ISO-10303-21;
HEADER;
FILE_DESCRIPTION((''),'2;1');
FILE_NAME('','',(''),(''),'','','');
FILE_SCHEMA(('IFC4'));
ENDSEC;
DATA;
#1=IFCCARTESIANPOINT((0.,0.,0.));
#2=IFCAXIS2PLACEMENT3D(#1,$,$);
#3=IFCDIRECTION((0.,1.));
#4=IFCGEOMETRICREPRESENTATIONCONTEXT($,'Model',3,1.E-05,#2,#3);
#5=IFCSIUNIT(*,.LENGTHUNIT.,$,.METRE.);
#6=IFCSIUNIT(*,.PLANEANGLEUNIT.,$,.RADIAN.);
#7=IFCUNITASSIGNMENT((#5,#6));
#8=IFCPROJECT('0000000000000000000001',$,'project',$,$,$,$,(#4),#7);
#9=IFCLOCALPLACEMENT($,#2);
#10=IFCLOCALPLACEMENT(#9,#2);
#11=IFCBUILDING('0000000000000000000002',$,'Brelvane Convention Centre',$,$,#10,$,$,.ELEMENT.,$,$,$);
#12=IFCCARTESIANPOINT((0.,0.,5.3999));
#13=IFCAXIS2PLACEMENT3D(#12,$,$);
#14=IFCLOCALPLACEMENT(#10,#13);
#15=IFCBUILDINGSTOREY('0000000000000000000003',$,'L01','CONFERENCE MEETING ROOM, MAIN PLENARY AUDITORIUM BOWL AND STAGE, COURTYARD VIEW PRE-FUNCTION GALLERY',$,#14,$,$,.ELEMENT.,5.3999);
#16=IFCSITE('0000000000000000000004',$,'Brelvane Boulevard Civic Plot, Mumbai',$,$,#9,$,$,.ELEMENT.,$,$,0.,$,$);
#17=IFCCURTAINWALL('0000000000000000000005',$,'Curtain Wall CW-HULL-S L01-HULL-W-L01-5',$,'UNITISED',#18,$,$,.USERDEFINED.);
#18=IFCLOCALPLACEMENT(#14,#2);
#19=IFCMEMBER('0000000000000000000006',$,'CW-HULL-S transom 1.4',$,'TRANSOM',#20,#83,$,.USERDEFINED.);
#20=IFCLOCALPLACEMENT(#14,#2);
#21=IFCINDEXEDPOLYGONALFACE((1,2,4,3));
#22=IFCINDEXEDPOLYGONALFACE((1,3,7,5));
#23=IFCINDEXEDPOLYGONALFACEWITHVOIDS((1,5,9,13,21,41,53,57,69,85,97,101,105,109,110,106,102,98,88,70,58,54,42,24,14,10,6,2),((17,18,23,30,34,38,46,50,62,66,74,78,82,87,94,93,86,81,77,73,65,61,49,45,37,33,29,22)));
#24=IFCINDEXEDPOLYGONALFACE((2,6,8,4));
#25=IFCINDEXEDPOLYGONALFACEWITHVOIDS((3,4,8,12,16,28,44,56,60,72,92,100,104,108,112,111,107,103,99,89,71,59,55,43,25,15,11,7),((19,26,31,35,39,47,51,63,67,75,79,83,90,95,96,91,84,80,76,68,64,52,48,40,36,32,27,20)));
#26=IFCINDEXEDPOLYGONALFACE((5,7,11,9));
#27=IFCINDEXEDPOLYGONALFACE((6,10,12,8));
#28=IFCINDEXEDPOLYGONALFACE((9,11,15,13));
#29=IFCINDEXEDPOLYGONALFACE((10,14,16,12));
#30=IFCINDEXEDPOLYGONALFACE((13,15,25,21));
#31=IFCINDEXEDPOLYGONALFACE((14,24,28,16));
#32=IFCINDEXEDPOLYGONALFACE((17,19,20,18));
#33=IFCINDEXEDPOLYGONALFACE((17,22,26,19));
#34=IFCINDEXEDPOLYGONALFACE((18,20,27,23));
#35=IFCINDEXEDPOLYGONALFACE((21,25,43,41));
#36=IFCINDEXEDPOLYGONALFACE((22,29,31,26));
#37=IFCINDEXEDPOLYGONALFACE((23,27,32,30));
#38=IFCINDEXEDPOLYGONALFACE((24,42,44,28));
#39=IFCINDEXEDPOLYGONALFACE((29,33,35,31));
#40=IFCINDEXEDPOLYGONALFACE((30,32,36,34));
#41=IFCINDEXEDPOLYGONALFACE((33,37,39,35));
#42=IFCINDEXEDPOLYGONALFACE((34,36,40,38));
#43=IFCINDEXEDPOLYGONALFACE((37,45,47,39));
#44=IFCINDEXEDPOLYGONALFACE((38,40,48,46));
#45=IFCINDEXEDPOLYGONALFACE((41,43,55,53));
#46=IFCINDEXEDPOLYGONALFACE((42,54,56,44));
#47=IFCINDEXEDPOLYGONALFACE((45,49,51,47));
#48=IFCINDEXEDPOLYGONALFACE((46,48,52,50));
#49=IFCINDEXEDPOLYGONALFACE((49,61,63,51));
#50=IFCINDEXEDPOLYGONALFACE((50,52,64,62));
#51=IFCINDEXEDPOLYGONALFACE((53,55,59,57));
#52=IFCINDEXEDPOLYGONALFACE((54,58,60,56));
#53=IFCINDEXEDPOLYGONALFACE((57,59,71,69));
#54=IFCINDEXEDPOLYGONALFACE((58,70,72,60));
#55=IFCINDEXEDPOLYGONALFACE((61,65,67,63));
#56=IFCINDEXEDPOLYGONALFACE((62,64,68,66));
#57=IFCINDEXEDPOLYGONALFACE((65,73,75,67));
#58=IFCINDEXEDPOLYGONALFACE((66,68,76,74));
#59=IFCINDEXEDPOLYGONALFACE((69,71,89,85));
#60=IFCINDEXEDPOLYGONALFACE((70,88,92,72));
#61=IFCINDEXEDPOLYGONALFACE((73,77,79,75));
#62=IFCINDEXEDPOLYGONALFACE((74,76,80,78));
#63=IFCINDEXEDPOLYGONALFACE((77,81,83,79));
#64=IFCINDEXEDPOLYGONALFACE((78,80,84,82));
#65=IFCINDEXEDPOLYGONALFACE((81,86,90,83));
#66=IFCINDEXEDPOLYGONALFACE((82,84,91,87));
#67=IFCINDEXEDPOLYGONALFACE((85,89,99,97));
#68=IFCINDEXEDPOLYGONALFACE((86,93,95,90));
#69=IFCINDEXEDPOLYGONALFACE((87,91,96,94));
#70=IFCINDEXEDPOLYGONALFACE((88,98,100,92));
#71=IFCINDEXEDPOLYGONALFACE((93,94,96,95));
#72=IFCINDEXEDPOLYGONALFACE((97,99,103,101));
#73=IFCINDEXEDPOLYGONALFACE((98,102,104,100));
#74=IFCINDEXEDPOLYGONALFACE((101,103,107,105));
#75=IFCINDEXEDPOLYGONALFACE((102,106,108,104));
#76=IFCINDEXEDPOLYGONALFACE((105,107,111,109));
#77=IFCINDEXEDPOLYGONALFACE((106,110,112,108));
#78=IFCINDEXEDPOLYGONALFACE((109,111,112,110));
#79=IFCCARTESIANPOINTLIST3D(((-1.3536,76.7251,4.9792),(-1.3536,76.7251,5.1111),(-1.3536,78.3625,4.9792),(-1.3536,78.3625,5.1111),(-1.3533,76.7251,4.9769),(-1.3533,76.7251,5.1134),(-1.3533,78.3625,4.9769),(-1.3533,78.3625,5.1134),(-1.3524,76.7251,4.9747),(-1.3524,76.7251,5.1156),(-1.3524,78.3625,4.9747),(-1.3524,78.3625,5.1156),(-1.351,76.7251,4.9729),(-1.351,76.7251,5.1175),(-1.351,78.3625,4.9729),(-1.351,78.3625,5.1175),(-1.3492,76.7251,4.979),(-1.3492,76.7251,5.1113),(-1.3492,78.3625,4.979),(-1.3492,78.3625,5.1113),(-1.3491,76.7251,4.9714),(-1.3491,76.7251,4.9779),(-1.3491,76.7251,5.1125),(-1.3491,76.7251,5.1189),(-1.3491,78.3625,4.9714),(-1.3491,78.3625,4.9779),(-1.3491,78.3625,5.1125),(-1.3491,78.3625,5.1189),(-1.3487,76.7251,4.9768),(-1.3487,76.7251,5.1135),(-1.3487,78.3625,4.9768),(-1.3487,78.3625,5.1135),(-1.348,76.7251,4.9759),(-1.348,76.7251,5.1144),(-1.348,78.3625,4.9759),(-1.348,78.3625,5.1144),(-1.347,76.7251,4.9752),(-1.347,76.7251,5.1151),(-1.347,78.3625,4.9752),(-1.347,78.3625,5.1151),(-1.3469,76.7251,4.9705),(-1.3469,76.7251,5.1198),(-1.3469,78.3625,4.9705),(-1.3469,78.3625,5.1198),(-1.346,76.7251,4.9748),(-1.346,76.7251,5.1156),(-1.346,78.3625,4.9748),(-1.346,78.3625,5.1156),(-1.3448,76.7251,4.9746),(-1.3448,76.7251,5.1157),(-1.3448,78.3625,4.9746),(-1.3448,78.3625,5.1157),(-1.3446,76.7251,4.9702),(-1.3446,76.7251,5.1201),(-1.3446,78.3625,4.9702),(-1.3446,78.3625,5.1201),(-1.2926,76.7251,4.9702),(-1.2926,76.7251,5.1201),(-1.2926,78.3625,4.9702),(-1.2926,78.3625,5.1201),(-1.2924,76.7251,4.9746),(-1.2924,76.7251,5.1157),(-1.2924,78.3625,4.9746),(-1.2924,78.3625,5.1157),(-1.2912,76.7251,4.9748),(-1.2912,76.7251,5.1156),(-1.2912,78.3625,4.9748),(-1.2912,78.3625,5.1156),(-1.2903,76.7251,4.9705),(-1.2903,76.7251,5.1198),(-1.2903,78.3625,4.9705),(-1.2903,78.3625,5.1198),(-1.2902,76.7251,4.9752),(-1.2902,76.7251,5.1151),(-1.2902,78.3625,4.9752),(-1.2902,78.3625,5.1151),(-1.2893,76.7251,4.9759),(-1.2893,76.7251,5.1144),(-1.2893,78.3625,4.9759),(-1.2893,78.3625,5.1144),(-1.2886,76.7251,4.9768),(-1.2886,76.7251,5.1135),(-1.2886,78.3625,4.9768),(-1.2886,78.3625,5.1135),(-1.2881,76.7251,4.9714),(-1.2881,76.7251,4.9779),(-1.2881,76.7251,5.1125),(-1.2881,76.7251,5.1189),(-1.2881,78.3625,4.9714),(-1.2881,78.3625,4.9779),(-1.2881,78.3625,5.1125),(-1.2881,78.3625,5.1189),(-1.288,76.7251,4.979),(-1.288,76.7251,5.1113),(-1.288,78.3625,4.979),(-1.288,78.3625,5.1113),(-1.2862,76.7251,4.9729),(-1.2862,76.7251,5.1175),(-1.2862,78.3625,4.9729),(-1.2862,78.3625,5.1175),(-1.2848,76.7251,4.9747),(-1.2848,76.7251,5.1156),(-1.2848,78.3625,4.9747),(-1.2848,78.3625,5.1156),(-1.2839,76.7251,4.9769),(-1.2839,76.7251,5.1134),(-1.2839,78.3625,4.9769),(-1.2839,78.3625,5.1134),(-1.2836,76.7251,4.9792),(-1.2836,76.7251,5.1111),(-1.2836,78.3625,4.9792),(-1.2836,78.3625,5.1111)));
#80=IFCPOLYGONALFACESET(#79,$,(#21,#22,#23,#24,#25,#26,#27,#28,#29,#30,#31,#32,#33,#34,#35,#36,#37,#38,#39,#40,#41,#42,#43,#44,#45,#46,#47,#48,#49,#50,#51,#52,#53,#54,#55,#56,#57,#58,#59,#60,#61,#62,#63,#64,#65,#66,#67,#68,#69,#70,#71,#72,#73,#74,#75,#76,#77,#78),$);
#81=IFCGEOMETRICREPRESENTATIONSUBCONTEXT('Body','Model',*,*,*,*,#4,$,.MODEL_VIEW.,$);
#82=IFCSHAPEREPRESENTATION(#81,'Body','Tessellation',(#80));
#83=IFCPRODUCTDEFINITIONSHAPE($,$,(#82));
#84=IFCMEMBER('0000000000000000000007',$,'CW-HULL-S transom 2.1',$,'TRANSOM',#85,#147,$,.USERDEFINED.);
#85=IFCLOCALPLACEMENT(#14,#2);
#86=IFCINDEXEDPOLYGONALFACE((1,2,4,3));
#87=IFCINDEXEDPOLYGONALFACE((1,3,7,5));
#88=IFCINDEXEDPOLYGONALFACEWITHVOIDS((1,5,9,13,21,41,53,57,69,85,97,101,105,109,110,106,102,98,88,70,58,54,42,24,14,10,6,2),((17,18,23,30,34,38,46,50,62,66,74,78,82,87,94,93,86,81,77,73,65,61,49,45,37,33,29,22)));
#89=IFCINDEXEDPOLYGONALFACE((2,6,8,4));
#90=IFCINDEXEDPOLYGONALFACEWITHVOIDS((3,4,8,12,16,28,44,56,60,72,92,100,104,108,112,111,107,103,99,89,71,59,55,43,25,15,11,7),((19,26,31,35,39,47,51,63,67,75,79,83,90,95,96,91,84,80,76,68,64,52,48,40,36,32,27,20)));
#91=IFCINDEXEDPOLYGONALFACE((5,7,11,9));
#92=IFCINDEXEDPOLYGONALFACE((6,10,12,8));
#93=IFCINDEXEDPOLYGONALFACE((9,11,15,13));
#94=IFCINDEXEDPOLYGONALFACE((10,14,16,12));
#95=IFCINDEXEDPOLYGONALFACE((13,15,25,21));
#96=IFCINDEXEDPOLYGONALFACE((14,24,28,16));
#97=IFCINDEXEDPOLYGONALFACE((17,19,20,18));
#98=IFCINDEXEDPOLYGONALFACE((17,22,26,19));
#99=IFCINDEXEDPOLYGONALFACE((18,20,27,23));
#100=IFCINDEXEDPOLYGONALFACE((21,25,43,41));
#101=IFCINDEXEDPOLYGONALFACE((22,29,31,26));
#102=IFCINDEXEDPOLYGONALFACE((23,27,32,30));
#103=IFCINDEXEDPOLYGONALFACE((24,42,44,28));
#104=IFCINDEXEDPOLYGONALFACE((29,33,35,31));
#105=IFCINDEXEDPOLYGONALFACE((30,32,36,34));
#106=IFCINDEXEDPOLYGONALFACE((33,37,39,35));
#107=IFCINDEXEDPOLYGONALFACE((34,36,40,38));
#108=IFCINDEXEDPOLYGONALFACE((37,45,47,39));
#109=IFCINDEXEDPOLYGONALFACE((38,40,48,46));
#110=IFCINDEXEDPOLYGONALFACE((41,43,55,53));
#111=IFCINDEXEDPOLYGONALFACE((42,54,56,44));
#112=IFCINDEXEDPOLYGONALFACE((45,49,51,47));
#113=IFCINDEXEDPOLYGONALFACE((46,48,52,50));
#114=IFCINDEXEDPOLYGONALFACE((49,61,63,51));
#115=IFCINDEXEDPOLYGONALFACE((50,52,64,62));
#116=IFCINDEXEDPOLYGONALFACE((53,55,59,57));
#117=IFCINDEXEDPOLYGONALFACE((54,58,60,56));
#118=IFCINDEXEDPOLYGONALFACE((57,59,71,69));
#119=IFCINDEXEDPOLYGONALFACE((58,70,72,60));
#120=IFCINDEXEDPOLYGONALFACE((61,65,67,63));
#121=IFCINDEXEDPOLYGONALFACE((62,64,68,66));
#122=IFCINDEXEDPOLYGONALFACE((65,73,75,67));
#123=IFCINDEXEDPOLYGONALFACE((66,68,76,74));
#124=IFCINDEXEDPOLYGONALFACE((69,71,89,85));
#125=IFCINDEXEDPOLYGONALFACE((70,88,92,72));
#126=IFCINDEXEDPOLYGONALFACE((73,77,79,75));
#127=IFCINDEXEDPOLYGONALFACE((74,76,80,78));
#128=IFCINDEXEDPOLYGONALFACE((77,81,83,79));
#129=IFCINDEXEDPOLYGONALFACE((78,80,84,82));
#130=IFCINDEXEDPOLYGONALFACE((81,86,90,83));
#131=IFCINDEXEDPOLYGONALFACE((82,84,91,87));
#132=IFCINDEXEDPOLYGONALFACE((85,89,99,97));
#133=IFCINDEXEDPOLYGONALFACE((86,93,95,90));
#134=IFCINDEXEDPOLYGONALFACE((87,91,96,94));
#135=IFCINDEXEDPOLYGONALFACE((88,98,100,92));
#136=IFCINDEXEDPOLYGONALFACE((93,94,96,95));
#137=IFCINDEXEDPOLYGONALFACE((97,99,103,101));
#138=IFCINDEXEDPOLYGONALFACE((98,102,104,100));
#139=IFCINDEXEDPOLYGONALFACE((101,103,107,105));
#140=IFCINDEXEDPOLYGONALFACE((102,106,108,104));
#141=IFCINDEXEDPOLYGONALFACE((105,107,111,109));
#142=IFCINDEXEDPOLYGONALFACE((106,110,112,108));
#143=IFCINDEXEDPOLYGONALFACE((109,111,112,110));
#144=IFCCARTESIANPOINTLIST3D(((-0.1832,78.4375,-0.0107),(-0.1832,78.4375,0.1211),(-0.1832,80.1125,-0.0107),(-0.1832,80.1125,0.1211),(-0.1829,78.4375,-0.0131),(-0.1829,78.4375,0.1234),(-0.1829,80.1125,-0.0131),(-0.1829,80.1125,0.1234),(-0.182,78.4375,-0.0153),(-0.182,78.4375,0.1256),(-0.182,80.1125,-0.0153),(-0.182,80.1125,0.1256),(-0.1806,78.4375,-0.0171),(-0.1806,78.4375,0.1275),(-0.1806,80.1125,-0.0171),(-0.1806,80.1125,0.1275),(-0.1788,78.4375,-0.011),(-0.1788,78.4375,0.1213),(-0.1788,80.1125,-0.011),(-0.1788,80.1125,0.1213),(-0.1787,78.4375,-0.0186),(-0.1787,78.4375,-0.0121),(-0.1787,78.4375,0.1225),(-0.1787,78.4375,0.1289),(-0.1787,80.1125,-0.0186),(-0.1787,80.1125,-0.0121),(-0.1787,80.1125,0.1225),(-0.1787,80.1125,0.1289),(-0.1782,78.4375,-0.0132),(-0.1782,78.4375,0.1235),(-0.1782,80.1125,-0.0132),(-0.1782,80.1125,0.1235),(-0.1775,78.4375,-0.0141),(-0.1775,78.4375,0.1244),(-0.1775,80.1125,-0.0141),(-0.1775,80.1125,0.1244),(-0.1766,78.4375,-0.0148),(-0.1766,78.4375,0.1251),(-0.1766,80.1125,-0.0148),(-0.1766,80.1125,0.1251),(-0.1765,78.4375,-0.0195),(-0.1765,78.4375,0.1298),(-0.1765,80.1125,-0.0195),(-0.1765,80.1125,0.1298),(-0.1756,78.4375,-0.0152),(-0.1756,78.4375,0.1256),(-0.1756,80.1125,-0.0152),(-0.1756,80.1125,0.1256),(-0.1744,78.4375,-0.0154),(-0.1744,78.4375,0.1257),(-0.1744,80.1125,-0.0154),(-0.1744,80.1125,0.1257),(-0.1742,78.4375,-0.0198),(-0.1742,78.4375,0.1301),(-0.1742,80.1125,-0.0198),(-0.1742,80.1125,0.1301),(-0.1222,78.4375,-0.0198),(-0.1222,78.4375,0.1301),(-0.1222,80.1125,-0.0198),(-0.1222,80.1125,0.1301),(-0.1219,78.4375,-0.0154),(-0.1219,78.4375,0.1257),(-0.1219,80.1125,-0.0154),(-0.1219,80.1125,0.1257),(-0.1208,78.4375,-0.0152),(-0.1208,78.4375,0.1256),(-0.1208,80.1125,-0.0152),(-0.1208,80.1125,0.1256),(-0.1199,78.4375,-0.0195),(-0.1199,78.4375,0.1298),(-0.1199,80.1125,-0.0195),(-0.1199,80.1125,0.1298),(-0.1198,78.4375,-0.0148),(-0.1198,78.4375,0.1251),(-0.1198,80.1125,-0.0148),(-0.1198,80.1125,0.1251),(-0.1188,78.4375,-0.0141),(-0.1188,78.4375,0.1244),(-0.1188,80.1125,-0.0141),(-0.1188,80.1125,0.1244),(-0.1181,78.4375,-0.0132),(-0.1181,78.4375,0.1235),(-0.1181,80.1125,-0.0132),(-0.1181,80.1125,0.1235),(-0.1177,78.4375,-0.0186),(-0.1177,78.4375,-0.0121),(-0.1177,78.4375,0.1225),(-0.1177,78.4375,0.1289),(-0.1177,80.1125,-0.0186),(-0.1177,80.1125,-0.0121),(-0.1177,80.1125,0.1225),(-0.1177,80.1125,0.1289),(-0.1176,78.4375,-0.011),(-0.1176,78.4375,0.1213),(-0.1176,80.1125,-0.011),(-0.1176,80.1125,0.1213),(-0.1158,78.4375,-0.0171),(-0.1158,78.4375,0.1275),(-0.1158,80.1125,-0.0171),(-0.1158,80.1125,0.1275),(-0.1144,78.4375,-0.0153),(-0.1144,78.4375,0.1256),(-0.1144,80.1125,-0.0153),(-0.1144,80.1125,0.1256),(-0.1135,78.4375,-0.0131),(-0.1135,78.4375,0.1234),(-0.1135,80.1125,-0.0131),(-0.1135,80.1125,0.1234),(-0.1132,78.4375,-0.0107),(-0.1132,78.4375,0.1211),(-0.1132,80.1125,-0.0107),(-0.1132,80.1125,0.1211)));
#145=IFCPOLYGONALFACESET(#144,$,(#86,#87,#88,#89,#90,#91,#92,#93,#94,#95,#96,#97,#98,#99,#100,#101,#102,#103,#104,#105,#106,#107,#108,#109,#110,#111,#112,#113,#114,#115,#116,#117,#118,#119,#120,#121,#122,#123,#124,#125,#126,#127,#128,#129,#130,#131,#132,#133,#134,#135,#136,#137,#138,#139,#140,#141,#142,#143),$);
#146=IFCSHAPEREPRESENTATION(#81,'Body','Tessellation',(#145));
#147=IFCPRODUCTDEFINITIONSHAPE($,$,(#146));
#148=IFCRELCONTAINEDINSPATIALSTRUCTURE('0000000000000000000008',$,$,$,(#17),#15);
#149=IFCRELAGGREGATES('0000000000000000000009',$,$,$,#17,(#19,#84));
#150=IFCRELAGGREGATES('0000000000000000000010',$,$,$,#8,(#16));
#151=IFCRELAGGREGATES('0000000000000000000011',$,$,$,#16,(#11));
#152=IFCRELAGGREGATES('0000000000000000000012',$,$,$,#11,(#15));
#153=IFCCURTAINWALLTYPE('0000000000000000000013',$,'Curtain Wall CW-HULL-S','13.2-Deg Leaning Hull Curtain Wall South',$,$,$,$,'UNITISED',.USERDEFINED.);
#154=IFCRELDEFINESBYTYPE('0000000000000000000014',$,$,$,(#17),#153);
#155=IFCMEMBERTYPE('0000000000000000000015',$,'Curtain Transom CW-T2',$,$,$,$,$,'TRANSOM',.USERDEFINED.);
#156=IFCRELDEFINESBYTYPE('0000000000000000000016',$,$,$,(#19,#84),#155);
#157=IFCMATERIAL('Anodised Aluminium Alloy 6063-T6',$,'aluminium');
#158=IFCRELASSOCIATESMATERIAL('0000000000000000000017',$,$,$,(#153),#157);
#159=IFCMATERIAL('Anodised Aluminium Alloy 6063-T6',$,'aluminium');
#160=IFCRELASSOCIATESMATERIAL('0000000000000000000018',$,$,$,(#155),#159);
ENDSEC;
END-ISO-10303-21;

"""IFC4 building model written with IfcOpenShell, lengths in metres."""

from ifc_helpers import new_model, si_unit, direction, frame, origin, origin_2d, place, context, subcontext, project, spatial, hollow_rectangle, extrude, material, material_profile, profile_set, type_object, element, aggregate, save


model = new_model("IFC4")

# Units and contexts
model_context = context("Model", 3, precision=1e-05, world=origin(), true_north=direction((0.0, 1.0)))
body_context = subcontext(model_context, "Body", "Model", "MODEL_VIEW")
ifc_project = project(units=[si_unit("LENGTHUNIT", "METRE"), si_unit("PLANEANGLEUNIT", "RADIAN")], contexts=[model_context])

# Site, building, storey
site_placement = place(None, origin())
site = spatial("IfcSite", under=ifc_project, at=site_placement, Name="Brelvane Boulevard Civic Plot, Mumbai", CompositionType="ELEMENT", RefElevation=0.0)
building_placement = place(site_placement, origin())
building = spatial("IfcBuilding", under=site, at=building_placement, Name="Brelvane Convention Centre", CompositionType="ELEMENT")
storey_placement = place(building_placement, frame((0.0, 0.0, 5.3999)))
storey = spatial("IfcBuildingStorey", under=building, at=storey_placement, Name="L01", Description="CONFERENCE MEETING ROOM, MAIN PLENARY AUDITORIUM BOWL AND STAGE, COURTYARD VIEW PRE-FUNCTION GALLERY", CompositionType="ELEMENT", Elevation=5.3999)

# Curtain wall
ifc_material_1 = material(Name="Anodised Aluminium Alloy 6063-T6", Category="aluminium")
curtain_wall_type = type_object("IfcCurtainWallType", Name="Curtain Wall CW-HULL-S", Description="13.2-Deg Leaning Hull Curtain Wall South", ElementType="UNITISED", PredefinedType="USERDEFINED", material=ifc_material_1)
curtain_wall_1_placement = place(storey_placement, origin())
curtain_wall_1 = element("IfcCurtainWall", 1, at=curtain_wall_1_placement, inside=storey, type_object=curtain_wall_type, Name="Curtain Wall CW-HULL-S L01-HULL-W-L01-5", ObjectType="UNITISED", PredefinedType="USERDEFINED")

# Members
ifc_material_2 = material(Name="Anodised Aluminium Alloy 6063-T6", Category="aluminium")
ifc_material_profile_1 = material_profile(ifc_material_2, hollow_rectangle(XDim=0.0701, YDim=0.1499, WallThickness=0.0044, InnerFilletRadius=0.0044, OuterFilletRadius=0.009, at=origin_2d()), Name="ALU-T 150x70x4.5")
ifc_profile_set_1 = profile_set([ifc_material_profile_1], Name="Anodised Aluminium Alloy 6063-T6")
member_type_1 = type_object("IfcMemberType", Name="Curtain Transom CW-T2", ElementType="TRANSOM", PredefinedType="USERDEFINED", material=ifc_profile_set_1)
member_1_placement = place(storey_placement, frame((-1.3186, 76.7251, 5.0452), z_axis=(0.0, 1.0, 0.0), x_axis=(-1.0, 0.0, 0.0)))
member_1 = element("IfcMember", 2, at=member_1_placement, type_object=member_type_1, Name="CW-HULL-S transom 1.4", ObjectType="TRANSOM", PredefinedType="USERDEFINED", context=body_context, shape_type="SweptSolid", body=[
    extrude(hollow_rectangle(XDim=0.0701, YDim=0.1499, WallThickness=0.0044, InnerFilletRadius=0.0044, OuterFilletRadius=0.009, at=origin_2d()), origin(), (0.0, 0.0, 1.0), 1.6375),
])
member_2_placement = place(storey_placement, frame((-0.1482, 78.4375, 0.0552), z_axis=(0.0, 1.0, 0.0), x_axis=(-1.0, 0.0, 0.0)))
member_2 = element("IfcMember", 3, at=member_2_placement, type_object=member_type_1, Name="CW-HULL-S transom 2.1", ObjectType="TRANSOM", PredefinedType="USERDEFINED", context=body_context, shape_type="SweptSolid", body=[
    extrude(hollow_rectangle(XDim=0.0701, YDim=0.1499, WallThickness=0.0044, InnerFilletRadius=0.0044, OuterFilletRadius=0.009, at=origin_2d()), origin(), (0.0, 0.0, 1.0), 1.675),
])

aggregate(curtain_wall_1, [member_1, member_2])

save(model, "model.ifc")
